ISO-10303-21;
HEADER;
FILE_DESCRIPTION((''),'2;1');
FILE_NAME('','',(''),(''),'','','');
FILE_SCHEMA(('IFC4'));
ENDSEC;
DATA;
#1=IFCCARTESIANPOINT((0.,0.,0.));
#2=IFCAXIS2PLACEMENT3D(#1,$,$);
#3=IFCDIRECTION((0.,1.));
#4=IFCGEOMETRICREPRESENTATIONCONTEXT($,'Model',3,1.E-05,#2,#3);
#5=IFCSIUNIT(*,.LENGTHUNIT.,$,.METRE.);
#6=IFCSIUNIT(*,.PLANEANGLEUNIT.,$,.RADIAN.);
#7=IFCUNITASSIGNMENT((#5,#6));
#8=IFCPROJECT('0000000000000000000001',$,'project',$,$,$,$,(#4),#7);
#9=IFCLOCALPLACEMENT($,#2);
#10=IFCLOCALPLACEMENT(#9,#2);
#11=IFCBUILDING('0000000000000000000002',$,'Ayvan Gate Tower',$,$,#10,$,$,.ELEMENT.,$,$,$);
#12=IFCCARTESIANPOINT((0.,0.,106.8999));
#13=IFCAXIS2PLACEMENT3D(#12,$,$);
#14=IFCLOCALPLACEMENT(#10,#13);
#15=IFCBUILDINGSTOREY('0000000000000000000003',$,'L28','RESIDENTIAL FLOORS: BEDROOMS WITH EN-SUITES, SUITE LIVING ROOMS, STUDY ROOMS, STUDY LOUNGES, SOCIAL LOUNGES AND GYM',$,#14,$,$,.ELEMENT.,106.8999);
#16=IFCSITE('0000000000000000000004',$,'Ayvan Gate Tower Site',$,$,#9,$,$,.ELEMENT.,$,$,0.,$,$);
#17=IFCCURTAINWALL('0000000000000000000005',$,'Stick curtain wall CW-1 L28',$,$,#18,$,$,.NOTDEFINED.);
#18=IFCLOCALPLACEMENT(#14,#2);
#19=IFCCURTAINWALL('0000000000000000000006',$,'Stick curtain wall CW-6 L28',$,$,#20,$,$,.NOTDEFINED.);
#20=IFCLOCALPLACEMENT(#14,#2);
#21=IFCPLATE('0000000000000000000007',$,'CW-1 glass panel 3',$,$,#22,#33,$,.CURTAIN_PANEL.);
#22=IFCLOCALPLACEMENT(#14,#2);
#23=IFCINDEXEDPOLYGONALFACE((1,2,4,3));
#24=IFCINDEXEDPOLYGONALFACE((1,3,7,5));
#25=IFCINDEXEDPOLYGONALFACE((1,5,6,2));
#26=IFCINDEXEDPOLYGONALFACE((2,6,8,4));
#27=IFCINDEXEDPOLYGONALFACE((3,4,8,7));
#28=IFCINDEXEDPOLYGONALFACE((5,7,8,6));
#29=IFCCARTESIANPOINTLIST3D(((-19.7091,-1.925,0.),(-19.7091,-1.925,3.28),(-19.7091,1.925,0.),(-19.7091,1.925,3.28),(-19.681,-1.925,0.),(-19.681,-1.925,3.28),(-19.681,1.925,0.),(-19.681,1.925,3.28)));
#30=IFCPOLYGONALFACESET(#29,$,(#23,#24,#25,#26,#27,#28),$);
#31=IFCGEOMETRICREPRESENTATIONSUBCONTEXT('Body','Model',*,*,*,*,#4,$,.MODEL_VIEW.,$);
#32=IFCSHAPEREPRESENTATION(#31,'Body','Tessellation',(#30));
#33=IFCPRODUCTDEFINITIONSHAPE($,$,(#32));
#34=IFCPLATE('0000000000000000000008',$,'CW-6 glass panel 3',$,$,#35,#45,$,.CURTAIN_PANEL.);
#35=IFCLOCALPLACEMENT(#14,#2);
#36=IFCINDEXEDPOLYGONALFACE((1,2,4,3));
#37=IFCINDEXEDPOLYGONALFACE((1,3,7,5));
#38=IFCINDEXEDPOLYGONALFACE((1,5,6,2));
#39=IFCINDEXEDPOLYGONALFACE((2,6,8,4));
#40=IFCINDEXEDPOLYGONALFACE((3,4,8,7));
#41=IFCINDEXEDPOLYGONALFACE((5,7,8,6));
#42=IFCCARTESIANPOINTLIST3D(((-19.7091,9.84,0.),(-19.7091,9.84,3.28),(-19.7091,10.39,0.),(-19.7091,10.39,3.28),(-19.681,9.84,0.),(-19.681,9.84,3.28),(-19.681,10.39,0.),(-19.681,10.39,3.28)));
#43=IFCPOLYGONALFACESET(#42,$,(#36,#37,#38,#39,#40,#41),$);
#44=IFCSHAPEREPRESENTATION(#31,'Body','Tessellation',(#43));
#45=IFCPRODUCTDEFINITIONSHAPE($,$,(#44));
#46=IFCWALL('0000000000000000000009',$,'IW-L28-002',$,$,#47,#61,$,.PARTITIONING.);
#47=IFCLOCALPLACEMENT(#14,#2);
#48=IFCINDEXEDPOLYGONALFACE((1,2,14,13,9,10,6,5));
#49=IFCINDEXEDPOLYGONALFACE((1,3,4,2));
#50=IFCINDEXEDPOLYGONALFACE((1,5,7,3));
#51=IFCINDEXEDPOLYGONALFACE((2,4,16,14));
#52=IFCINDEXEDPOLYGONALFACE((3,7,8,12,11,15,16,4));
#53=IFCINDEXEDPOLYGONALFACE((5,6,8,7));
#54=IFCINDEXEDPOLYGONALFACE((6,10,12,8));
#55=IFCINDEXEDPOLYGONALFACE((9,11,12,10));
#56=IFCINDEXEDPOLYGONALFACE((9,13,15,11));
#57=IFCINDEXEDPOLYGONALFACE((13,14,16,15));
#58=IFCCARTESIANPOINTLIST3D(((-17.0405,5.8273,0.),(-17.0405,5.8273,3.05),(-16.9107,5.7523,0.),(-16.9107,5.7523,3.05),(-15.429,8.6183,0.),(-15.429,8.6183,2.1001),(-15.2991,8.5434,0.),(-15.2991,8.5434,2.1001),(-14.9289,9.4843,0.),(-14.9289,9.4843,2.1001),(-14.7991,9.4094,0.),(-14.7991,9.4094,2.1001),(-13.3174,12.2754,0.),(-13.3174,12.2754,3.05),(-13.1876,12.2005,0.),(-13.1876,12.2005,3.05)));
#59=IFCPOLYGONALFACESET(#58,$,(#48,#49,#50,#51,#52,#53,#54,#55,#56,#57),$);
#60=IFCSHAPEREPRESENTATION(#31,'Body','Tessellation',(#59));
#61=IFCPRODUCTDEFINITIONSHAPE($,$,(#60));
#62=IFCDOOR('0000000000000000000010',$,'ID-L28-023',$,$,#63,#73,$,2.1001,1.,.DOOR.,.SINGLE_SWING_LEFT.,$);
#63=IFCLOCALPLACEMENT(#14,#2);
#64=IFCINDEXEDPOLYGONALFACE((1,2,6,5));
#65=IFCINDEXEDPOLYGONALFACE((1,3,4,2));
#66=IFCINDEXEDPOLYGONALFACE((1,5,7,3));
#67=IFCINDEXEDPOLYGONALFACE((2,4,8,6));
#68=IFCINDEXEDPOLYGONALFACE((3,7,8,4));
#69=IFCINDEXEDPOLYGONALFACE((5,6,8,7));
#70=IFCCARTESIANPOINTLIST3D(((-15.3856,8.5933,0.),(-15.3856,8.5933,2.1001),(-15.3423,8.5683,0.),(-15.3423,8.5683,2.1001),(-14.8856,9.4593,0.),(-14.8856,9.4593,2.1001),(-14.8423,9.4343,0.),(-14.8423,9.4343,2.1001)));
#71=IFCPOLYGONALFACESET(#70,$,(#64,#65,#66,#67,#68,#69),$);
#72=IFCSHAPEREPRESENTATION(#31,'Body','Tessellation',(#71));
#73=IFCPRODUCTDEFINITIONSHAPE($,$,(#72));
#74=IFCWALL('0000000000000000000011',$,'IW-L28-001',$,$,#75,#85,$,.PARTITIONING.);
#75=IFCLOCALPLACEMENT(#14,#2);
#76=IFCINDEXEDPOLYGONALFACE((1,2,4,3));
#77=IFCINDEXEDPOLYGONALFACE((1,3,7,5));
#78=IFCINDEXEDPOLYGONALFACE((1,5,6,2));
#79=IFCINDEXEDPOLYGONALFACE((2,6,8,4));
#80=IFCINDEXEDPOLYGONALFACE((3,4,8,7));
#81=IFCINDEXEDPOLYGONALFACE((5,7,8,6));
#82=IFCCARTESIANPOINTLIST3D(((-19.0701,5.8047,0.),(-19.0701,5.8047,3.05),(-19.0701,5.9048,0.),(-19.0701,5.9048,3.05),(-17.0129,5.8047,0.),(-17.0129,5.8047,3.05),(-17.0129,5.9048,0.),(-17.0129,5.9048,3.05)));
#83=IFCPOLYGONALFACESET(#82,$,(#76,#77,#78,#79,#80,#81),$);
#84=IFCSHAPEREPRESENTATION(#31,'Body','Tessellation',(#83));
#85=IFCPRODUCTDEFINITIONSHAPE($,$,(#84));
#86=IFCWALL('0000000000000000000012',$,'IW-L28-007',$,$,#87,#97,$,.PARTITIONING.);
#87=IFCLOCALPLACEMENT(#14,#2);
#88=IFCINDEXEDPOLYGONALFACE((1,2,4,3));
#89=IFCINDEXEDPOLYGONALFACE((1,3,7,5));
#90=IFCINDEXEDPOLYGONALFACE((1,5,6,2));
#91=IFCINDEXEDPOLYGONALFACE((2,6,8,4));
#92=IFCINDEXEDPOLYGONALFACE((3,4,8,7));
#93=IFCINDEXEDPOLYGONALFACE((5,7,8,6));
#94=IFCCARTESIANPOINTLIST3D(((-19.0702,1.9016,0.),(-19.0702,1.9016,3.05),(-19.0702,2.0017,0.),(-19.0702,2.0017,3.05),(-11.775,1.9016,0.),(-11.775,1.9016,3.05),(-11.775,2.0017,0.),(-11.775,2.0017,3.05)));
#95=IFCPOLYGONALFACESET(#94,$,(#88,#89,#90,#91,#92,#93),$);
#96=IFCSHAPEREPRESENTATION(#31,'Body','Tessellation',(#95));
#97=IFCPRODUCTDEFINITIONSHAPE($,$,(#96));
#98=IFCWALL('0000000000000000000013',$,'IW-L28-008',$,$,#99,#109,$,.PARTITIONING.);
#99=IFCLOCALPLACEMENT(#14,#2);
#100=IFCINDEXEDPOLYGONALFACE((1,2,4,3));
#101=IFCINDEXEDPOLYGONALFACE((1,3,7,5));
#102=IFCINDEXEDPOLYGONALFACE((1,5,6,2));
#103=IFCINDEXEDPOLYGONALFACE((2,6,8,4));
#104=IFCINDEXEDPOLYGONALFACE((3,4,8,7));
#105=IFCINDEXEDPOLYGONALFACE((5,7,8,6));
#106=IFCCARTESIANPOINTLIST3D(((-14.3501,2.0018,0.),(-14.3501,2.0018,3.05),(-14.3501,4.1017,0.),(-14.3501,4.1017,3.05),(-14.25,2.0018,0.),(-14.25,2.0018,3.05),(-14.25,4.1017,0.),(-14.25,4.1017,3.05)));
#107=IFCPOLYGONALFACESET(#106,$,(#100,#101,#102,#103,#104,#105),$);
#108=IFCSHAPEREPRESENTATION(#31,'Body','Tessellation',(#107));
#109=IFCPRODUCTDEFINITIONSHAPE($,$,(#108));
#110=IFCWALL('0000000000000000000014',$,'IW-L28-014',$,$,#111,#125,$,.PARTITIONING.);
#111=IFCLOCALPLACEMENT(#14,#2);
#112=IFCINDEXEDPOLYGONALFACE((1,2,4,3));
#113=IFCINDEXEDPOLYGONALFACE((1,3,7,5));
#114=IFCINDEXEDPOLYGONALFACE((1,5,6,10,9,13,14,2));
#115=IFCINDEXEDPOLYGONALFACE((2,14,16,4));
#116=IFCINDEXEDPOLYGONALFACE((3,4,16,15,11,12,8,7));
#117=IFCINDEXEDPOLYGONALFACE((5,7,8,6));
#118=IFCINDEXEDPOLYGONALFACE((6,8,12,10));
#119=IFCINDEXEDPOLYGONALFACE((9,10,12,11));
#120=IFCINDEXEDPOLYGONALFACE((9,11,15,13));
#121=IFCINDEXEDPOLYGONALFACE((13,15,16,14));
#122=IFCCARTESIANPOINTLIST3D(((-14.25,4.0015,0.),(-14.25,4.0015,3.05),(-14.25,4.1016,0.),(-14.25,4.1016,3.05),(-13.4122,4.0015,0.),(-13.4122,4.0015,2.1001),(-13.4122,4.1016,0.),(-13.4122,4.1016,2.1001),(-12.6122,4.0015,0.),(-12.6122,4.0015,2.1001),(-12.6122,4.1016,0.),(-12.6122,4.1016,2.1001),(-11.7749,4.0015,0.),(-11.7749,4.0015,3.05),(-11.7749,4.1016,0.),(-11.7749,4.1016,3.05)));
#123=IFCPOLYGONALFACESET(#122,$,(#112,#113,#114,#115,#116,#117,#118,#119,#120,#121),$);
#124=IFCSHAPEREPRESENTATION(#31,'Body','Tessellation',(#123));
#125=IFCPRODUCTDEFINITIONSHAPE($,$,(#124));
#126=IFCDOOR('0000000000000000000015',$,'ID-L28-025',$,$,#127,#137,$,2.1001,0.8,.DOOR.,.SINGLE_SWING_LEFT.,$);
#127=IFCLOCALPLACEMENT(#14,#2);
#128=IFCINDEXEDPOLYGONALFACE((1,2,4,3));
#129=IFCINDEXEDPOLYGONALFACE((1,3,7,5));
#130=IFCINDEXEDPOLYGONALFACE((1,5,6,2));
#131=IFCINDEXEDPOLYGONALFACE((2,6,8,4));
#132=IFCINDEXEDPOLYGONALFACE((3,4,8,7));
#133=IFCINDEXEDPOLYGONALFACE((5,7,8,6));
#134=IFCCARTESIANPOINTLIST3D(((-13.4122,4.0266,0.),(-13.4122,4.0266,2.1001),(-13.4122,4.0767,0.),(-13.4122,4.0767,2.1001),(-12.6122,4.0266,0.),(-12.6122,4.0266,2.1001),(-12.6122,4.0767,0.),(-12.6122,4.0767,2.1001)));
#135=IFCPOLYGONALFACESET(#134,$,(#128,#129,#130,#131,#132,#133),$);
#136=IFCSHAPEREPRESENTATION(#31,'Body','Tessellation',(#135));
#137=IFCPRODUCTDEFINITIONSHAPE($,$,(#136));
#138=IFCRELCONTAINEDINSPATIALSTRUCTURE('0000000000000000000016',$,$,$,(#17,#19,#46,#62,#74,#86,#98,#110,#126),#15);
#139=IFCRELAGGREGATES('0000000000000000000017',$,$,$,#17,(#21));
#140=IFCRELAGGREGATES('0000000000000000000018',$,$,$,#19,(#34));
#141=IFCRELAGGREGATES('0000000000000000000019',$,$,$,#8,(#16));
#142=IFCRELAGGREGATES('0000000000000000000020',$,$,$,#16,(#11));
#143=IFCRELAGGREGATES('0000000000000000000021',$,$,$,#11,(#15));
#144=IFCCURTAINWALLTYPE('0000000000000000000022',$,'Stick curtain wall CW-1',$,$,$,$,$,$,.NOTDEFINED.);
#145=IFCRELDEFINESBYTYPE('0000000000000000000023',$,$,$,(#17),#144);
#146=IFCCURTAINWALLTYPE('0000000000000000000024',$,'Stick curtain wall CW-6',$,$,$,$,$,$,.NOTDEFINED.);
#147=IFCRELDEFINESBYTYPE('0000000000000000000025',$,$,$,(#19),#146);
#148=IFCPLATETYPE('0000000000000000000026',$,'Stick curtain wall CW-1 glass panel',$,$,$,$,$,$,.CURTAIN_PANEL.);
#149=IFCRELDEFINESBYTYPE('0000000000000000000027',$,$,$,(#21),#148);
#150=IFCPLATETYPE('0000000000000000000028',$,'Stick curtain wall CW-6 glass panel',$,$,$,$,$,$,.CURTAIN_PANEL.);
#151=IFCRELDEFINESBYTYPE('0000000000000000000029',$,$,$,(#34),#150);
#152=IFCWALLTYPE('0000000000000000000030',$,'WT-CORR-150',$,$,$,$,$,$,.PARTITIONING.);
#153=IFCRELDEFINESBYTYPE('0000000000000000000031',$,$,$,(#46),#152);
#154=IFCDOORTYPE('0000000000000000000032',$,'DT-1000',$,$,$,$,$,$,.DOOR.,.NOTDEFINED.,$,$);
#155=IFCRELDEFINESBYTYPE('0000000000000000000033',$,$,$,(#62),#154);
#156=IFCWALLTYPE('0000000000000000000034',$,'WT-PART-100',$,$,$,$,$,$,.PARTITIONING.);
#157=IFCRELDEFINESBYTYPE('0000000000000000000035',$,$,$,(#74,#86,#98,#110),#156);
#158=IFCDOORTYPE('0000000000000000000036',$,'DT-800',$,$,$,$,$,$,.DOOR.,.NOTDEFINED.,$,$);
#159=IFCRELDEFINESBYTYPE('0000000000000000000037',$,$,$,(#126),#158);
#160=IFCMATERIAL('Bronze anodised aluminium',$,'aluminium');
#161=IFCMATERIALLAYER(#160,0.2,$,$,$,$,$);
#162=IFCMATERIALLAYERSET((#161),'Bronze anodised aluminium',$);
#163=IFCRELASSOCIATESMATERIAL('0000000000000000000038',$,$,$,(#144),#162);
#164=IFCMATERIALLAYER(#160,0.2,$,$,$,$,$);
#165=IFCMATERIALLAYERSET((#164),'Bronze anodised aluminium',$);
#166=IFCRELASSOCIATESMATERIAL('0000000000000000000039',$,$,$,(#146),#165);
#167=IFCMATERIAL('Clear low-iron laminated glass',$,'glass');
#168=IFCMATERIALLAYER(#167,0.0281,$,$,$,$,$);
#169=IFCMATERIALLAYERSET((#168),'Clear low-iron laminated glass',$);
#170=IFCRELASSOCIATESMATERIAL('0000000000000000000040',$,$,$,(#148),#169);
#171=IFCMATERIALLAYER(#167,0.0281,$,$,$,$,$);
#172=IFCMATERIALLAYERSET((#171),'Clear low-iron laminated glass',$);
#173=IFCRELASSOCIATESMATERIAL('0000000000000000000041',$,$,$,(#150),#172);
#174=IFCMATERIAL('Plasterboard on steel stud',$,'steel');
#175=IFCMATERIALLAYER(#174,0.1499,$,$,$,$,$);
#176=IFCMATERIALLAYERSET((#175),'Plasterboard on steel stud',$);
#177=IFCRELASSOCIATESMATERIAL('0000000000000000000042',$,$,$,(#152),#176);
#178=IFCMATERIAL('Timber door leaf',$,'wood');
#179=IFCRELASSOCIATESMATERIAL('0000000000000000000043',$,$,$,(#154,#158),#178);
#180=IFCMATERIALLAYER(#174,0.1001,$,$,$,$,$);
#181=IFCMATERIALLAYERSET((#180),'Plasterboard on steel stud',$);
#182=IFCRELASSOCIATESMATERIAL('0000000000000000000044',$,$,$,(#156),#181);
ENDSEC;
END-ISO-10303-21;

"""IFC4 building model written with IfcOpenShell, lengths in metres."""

from ifc_helpers import new_model, si_unit, direction, frame, frame_2d, origin, origin_2d, place, context, subcontext, project, spatial, rectangle, extrude, material, layer, layer_set, type_object, element, fill, aggregate, save


model = new_model("IFC4")

# Units and contexts
model_context = context("Model", 3, precision=1e-05, world=origin(), true_north=direction((0.0, 1.0)))
body_context = subcontext(model_context, "Body", "Model", "MODEL_VIEW")
ifc_project = project(units=[si_unit("LENGTHUNIT", "METRE"), si_unit("PLANEANGLEUNIT", "RADIAN")], contexts=[model_context])

# Site, building, storey
site_placement = place(None, origin())
site = spatial("IfcSite", under=ifc_project, at=site_placement, Name="Ayvan Gate Tower Site", CompositionType="ELEMENT", RefElevation=0.0)
building_placement = place(site_placement, origin())
building = spatial("IfcBuilding", under=site, at=building_placement, Name="Ayvan Gate Tower", CompositionType="ELEMENT")
storey_placement = place(building_placement, frame((0.0, 0.0, 106.8999)))
storey = spatial("IfcBuildingStorey", under=building, at=storey_placement, Name="L28", Description="RESIDENTIAL FLOORS: BEDROOMS WITH EN-SUITES, SUITE LIVING ROOMS, STUDY ROOMS, STUDY LOUNGES, SOCIAL LOUNGES AND GYM", CompositionType="ELEMENT", Elevation=106.8999)

# Curtain walls
ifc_material_1 = material(Name="Bronze anodised aluminium", Category="aluminium")
ifc_layer_1 = layer(ifc_material_1, 0.2)
ifc_layer_set_1 = layer_set([ifc_layer_1], Name="Bronze anodised aluminium")
curtain_wall_type_1 = type_object("IfcCurtainWallType", Name="Stick curtain wall CW-1", PredefinedType="NOTDEFINED", material=ifc_layer_set_1)
curtain_wall_1_placement = place(storey_placement, origin())
curtain_wall_1 = element("IfcCurtainWall", 1, at=curtain_wall_1_placement, inside=storey, type_object=curtain_wall_type_1, Name="Stick curtain wall CW-1 L28", PredefinedType="NOTDEFINED")
ifc_layer_2 = layer(ifc_material_1, 0.2)
ifc_layer_set_2 = layer_set([ifc_layer_2], Name="Bronze anodised aluminium")
curtain_wall_type_2 = type_object("IfcCurtainWallType", Name="Stick curtain wall CW-6", PredefinedType="NOTDEFINED", material=ifc_layer_set_2)
curtain_wall_2_placement = place(storey_placement, origin())
curtain_wall_2 = element("IfcCurtainWall", 2, at=curtain_wall_2_placement, inside=storey, type_object=curtain_wall_type_2, Name="Stick curtain wall CW-6 L28", PredefinedType="NOTDEFINED")

# Plates
ifc_material_2 = material(Name="Clear low-iron laminated glass", Category="glass")
ifc_layer_3 = layer(ifc_material_2, 0.0281)
ifc_layer_set_3 = layer_set([ifc_layer_3], Name="Clear low-iron laminated glass")
plate_type_1 = type_object("IfcPlateType", Name="Stick curtain wall CW-1 glass panel", PredefinedType="CURTAIN_PANEL", material=ifc_layer_set_3)
plate_1_placement = place(storey_placement, frame((-19.6951, 0.0, 0.0), z_axis=(0.0, 0.0, 1.0), x_axis=(0.0, -1.0, 0.0)))
plate_1 = element("IfcPlate", 3, at=plate_1_placement, type_object=plate_type_1, Name="CW-1 glass panel 3", PredefinedType="CURTAIN_PANEL", context=body_context, shape_type="SweptSolid", body=[
    extrude(rectangle(XDim=3.8501, YDim=0.0281, at=origin_2d()), origin(), (0.0, 0.0, 1.0), 3.28),
])
aggregate(curtain_wall_1, [plate_1])
ifc_layer_4 = layer(ifc_material_2, 0.0281)
ifc_layer_set_4 = layer_set([ifc_layer_4], Name="Clear low-iron laminated glass")
plate_type_2 = type_object("IfcPlateType", Name="Stick curtain wall CW-6 glass panel", PredefinedType="CURTAIN_PANEL", material=ifc_layer_set_4)
plate_2_placement = place(storey_placement, frame((-19.6951, 10.115, 0.0), z_axis=(0.0, 0.0, 1.0), x_axis=(0.0, -1.0, 0.0)))
plate_2 = element("IfcPlate", 4, at=plate_2_placement, type_object=plate_type_2, Name="CW-6 glass panel 3", PredefinedType="CURTAIN_PANEL", context=body_context, shape_type="SweptSolid", body=[
    extrude(rectangle(XDim=0.55, YDim=0.0281, at=origin_2d()), origin(), (0.0, 0.0, 1.0), 3.28),
])
aggregate(curtain_wall_2, [plate_2])

# Wall, opening, door
ifc_material_3 = material(Name="Plasterboard on steel stud", Category="steel")
ifc_layer_5 = layer(ifc_material_3, 0.1499)
ifc_layer_set_5 = layer_set([ifc_layer_5], Name="Plasterboard on steel stud")
wall_type_1 = type_object("IfcWallType", Name="WT-CORR-150", PredefinedType="PARTITIONING", material=ifc_layer_set_5)
wall_1_placement = place(storey_placement, frame((-16.9756, 5.7898, 0.0), z_axis=(0.0, 0.0, 1.0), x_axis=(0.500025, 0.866011, 0.0)))
wall_1 = element("IfcWall", 5, at=wall_1_placement, inside=storey, type_object=wall_type_1, Name="IW-L28-002", PredefinedType="PARTITIONING", context=body_context, shape_type="SweptSolid", body=[
    extrude(rectangle(XDim=7.4458, YDim=0.1499, at=frame_2d((3.7229, 0.0))), origin(), (0.0, 0.0, 1.0), 3.05),
])
opening_1_placement = place(wall_1_placement, frame((3.2229, 0.0, 0.0)))
opening_1 = element("IfcOpeningElement", 6, at=opening_1_placement, cuts=wall_1, PredefinedType="OPENING", context=body_context, shape_type="SweptSolid", body=[
    extrude(rectangle(XDim=1.0, YDim=2.1001, at=frame_2d((0.5, 1.05))), frame((0.0, 0.085, 0.0), z_axis=(0.0, -1.0, 0.0), x_axis=(1.0, 0.0, 0.0)), (0.0, 0.0, 1.0), 0.1699),
])
ifc_material_4 = material(Name="Timber door leaf", Category="wood")
door_type_1 = type_object("IfcDoorType", Name="DT-1000", OperationType="NOTDEFINED", PredefinedType="DOOR", material=ifc_material_4)
door_1_placement = place(opening_1_placement, origin())
door_1 = element("IfcDoor", 7, at=door_1_placement, inside=storey, type_object=door_type_1, Name="ID-L28-023", OperationType="SINGLE_SWING_LEFT", OverallHeight=2.1001, OverallWidth=1.0, PredefinedType="DOOR", context=body_context, shape_type="SweptSolid", body=[
    extrude(rectangle(XDim=1.0, YDim=2.1001, at=frame_2d((0.5, 1.05))), frame((0.0, 0.0249, 0.0), z_axis=(0.0, -1.0, 0.0), x_axis=(1.0, 0.0, 0.0)), (0.0, 0.0, 1.0), 0.05),
])
fill(opening_1, door_1)

# Walls
ifc_layer_6 = layer(ifc_material_3, 0.1001)
ifc_layer_set_6 = layer_set([ifc_layer_6], Name="Plasterboard on steel stud")
wall_type_2 = type_object("IfcWallType", Name="WT-PART-100", PredefinedType="PARTITIONING", material=ifc_layer_set_6)
wall_2_placement = place(storey_placement, frame((-17.0129, 5.8547, 0.0), z_axis=(0.0, 0.0, 1.0), x_axis=(-1.0, 0.0, 0.0)))
element("IfcWall", 8, at=wall_2_placement, inside=storey, type_object=wall_type_2, Name="IW-L28-001", PredefinedType="PARTITIONING", context=body_context, shape_type="SweptSolid", body=[
    extrude(rectangle(XDim=2.0571, YDim=0.1001, at=frame_2d((1.0286, 0.0))), origin(), (0.0, 0.0, 1.0), 3.05),
])
wall_3_placement = place(storey_placement, frame((-19.0701, 1.9517, 0.0), z_axis=(0.0, 0.0, 1.0), x_axis=(1.0, 0.0, 0.0)))
element("IfcWall", 9, at=wall_3_placement, inside=storey, type_object=wall_type_2, Name="IW-L28-007", PredefinedType="PARTITIONING", context=body_context, shape_type="SweptSolid", body=[
    extrude(rectangle(XDim=7.2952, YDim=0.1001, at=frame_2d((3.6475, 0.0))), origin(), (0.0, 0.0, 1.0), 3.05),
])
wall_4_placement = place(storey_placement, frame((-14.3, 4.1016, 0.0), z_axis=(0.0, 0.0, 1.0), x_axis=(0.0, -1.0, 0.0)))
element("IfcWall", 10, at=wall_4_placement, inside=storey, type_object=wall_type_2, Name="IW-L28-008", PredefinedType="PARTITIONING", context=body_context, shape_type="SweptSolid", body=[
    extrude(rectangle(XDim=2.0999, YDim=0.1001, at=frame_2d((1.0498, 0.0))), origin(), (0.0, 0.0, 1.0), 3.05),
])

# Wall, opening, door
wall_5_placement = place(storey_placement, frame((-11.7749, 4.0515, 0.0), z_axis=(0.0, 0.0, 1.0), x_axis=(-1.0, 0.0, 0.0)))
wall_5 = element("IfcWall", 11, at=wall_5_placement, inside=storey, type_object=wall_type_2, Name="IW-L28-014", PredefinedType="PARTITIONING", context=body_context, shape_type="SweptSolid", body=[
    extrude(rectangle(XDim=2.4751, YDim=0.1001, at=frame_2d((1.2375, 0.0))), origin(), (0.0, 0.0, 1.0), 3.05),
])
opening_2_placement = place(wall_5_placement, frame((0.8374, 0.0, 0.0)))
opening_2 = element("IfcOpeningElement", 12, at=opening_2_placement, cuts=wall_5, PredefinedType="OPENING", context=body_context, shape_type="SweptSolid", body=[
    extrude(rectangle(XDim=0.8, YDim=2.1001, at=frame_2d((0.3999, 1.05))), frame((0.0, 0.0601, 0.0), z_axis=(0.0, -1.0, 0.0), x_axis=(1.0, 0.0, 0.0)), (0.0, 0.0, 1.0), 0.1201),
])
door_type_2 = type_object("IfcDoorType", Name="DT-800", OperationType="NOTDEFINED", PredefinedType="DOOR", material=ifc_material_4)
door_2_placement = place(opening_2_placement, origin())
door_2 = element("IfcDoor", 13, at=door_2_placement, inside=storey, type_object=door_type_2, Name="ID-L28-025", OperationType="SINGLE_SWING_LEFT", OverallHeight=2.1001, OverallWidth=0.8, PredefinedType="DOOR", context=body_context, shape_type="SweptSolid", body=[
    extrude(rectangle(XDim=0.8, YDim=2.1001, at=frame_2d((0.3999, 1.05))), frame((0.0, 0.0249, 0.0), z_axis=(0.0, -1.0, 0.0), x_axis=(1.0, 0.0, 0.0)), (0.0, 0.0, 1.0), 0.05),
])
fill(opening_2, door_2)

save(model, "model.ifc")
